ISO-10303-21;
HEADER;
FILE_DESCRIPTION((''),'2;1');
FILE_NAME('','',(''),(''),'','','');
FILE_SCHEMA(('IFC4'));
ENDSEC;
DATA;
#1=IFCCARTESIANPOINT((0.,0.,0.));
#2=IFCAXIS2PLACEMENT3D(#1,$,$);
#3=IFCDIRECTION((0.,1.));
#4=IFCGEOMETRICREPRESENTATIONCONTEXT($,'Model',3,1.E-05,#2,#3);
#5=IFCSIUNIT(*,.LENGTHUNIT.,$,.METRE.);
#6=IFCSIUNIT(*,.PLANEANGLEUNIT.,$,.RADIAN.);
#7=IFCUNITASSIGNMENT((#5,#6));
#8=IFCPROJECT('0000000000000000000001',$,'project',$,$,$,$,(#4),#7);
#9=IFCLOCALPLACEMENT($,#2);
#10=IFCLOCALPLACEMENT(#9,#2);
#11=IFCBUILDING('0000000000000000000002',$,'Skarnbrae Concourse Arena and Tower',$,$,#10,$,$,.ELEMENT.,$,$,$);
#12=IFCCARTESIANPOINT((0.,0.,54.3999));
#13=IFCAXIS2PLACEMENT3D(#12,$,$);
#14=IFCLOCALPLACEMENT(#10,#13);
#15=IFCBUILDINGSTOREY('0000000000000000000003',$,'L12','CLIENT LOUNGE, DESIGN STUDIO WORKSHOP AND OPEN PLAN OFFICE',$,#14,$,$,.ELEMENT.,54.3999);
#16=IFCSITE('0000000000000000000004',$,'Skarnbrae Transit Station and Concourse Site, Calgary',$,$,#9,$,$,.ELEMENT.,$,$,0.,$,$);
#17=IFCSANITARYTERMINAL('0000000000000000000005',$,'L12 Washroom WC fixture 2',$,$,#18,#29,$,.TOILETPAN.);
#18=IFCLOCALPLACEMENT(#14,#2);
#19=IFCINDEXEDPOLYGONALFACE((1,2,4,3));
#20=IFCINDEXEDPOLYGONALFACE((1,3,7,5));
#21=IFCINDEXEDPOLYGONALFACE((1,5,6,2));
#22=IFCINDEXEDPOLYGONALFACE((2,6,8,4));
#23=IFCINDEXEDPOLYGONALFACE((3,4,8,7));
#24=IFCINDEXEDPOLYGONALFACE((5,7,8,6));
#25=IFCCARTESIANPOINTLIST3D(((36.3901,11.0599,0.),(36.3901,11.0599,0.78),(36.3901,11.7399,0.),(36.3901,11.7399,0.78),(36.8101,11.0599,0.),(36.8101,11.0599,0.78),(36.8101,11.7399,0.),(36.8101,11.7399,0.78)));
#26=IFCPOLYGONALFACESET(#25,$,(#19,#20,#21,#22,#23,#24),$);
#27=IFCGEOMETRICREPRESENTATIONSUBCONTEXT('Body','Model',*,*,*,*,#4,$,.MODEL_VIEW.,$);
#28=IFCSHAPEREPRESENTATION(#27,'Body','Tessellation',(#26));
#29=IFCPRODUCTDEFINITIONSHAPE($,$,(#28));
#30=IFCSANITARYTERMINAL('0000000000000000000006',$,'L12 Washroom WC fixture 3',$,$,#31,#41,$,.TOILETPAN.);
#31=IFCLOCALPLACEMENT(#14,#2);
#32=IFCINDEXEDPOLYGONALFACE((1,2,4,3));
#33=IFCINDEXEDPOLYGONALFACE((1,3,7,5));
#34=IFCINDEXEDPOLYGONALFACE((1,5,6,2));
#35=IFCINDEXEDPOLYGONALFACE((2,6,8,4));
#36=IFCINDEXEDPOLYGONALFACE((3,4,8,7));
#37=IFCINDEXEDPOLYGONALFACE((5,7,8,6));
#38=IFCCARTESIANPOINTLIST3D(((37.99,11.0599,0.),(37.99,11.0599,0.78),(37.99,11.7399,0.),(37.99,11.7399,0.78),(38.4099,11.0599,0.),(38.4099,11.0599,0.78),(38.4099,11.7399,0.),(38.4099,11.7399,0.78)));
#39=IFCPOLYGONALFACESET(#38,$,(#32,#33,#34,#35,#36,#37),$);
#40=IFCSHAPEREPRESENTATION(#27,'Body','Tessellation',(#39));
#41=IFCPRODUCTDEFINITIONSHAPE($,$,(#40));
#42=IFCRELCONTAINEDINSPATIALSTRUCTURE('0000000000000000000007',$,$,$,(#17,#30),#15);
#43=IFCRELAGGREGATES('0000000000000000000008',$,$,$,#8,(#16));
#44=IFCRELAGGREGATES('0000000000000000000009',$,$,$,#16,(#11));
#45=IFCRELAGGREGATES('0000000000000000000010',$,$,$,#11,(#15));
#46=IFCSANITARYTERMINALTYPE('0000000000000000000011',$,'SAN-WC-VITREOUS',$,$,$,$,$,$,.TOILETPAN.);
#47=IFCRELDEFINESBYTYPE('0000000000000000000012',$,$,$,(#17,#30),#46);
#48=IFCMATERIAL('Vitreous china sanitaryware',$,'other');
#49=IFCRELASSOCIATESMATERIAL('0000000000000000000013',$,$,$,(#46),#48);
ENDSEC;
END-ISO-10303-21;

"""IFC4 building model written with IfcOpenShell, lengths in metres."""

from ifc_helpers import new_model, si_unit, direction, frame, origin, origin_2d, place, context, subcontext, project, spatial, rectangle, extrude, source, transform, mapped, material, type_object, element, save


model = new_model("IFC4")

# Units and contexts
model_context = context("Model", 3, precision=1e-05, world=origin(), true_north=direction((0.0, 1.0)))
body_context = subcontext(model_context, "Body", "Model", "MODEL_VIEW")
ifc_project = project(units=[si_unit("LENGTHUNIT", "METRE"), si_unit("PLANEANGLEUNIT", "RADIAN")], contexts=[model_context])

# Site, building, storey
site_placement = place(None, origin())
site = spatial("IfcSite", under=ifc_project, at=site_placement, Name="Skarnbrae Transit Station and Concourse Site, Calgary", CompositionType="ELEMENT", RefElevation=0.0)
building_placement = place(site_placement, origin())
building = spatial("IfcBuilding", under=site, at=building_placement, Name="Skarnbrae Concourse Arena and Tower", CompositionType="ELEMENT")
storey_placement = place(building_placement, frame((0.0, 0.0, 54.3999)))
storey = spatial("IfcBuildingStorey", under=building, at=storey_placement, Name="L12", Description="CLIENT LOUNGE, DESIGN STUDIO WORKSHOP AND OPEN PLAN OFFICE", CompositionType="ELEMENT", Elevation=54.3999)

# Sanitary terminals
ifc_material_1 = material(Name="Vitreous china sanitaryware", Category="other")
sanitary_terminal_type = type_object("IfcSanitaryTerminalType", Name="SAN-WC-VITREOUS", PredefinedType="TOILETPAN", material=ifc_material_1)
shared_shape_1 = source(origin(), body_context, "Body", "SweptSolid", [
    extrude(rectangle(XDim=0.4199, YDim=0.6799, at=origin_2d()), origin(), (0.0, 0.0, 1.0), 0.78),
])
for number, where, z_axis, x_axis, name in (
    (1, (36.6001, 11.3999, 0.0), (0.0, 0.0, 1.0), (1.0, 0.0, 0.0), "L12 Washroom WC fixture 2"),
    (2, (38.2, 11.3999, 0.0), (0.0, 0.0, 1.0), (1.0, 0.0, 0.0), "L12 Washroom WC fixture 3"),
):
    element("IfcSanitaryTerminal", number, at=place(storey_placement, frame(where, z_axis=z_axis, x_axis=x_axis)), inside=storey, type_object=sanitary_terminal_type, Name=name, PredefinedType="TOILETPAN", context=body_context, shape_type="MappedRepresentation", body=[
        mapped(shared_shape_1, transform((0.0, 0.0, 0.0))),
    ])

save(model, "model.ifc")
